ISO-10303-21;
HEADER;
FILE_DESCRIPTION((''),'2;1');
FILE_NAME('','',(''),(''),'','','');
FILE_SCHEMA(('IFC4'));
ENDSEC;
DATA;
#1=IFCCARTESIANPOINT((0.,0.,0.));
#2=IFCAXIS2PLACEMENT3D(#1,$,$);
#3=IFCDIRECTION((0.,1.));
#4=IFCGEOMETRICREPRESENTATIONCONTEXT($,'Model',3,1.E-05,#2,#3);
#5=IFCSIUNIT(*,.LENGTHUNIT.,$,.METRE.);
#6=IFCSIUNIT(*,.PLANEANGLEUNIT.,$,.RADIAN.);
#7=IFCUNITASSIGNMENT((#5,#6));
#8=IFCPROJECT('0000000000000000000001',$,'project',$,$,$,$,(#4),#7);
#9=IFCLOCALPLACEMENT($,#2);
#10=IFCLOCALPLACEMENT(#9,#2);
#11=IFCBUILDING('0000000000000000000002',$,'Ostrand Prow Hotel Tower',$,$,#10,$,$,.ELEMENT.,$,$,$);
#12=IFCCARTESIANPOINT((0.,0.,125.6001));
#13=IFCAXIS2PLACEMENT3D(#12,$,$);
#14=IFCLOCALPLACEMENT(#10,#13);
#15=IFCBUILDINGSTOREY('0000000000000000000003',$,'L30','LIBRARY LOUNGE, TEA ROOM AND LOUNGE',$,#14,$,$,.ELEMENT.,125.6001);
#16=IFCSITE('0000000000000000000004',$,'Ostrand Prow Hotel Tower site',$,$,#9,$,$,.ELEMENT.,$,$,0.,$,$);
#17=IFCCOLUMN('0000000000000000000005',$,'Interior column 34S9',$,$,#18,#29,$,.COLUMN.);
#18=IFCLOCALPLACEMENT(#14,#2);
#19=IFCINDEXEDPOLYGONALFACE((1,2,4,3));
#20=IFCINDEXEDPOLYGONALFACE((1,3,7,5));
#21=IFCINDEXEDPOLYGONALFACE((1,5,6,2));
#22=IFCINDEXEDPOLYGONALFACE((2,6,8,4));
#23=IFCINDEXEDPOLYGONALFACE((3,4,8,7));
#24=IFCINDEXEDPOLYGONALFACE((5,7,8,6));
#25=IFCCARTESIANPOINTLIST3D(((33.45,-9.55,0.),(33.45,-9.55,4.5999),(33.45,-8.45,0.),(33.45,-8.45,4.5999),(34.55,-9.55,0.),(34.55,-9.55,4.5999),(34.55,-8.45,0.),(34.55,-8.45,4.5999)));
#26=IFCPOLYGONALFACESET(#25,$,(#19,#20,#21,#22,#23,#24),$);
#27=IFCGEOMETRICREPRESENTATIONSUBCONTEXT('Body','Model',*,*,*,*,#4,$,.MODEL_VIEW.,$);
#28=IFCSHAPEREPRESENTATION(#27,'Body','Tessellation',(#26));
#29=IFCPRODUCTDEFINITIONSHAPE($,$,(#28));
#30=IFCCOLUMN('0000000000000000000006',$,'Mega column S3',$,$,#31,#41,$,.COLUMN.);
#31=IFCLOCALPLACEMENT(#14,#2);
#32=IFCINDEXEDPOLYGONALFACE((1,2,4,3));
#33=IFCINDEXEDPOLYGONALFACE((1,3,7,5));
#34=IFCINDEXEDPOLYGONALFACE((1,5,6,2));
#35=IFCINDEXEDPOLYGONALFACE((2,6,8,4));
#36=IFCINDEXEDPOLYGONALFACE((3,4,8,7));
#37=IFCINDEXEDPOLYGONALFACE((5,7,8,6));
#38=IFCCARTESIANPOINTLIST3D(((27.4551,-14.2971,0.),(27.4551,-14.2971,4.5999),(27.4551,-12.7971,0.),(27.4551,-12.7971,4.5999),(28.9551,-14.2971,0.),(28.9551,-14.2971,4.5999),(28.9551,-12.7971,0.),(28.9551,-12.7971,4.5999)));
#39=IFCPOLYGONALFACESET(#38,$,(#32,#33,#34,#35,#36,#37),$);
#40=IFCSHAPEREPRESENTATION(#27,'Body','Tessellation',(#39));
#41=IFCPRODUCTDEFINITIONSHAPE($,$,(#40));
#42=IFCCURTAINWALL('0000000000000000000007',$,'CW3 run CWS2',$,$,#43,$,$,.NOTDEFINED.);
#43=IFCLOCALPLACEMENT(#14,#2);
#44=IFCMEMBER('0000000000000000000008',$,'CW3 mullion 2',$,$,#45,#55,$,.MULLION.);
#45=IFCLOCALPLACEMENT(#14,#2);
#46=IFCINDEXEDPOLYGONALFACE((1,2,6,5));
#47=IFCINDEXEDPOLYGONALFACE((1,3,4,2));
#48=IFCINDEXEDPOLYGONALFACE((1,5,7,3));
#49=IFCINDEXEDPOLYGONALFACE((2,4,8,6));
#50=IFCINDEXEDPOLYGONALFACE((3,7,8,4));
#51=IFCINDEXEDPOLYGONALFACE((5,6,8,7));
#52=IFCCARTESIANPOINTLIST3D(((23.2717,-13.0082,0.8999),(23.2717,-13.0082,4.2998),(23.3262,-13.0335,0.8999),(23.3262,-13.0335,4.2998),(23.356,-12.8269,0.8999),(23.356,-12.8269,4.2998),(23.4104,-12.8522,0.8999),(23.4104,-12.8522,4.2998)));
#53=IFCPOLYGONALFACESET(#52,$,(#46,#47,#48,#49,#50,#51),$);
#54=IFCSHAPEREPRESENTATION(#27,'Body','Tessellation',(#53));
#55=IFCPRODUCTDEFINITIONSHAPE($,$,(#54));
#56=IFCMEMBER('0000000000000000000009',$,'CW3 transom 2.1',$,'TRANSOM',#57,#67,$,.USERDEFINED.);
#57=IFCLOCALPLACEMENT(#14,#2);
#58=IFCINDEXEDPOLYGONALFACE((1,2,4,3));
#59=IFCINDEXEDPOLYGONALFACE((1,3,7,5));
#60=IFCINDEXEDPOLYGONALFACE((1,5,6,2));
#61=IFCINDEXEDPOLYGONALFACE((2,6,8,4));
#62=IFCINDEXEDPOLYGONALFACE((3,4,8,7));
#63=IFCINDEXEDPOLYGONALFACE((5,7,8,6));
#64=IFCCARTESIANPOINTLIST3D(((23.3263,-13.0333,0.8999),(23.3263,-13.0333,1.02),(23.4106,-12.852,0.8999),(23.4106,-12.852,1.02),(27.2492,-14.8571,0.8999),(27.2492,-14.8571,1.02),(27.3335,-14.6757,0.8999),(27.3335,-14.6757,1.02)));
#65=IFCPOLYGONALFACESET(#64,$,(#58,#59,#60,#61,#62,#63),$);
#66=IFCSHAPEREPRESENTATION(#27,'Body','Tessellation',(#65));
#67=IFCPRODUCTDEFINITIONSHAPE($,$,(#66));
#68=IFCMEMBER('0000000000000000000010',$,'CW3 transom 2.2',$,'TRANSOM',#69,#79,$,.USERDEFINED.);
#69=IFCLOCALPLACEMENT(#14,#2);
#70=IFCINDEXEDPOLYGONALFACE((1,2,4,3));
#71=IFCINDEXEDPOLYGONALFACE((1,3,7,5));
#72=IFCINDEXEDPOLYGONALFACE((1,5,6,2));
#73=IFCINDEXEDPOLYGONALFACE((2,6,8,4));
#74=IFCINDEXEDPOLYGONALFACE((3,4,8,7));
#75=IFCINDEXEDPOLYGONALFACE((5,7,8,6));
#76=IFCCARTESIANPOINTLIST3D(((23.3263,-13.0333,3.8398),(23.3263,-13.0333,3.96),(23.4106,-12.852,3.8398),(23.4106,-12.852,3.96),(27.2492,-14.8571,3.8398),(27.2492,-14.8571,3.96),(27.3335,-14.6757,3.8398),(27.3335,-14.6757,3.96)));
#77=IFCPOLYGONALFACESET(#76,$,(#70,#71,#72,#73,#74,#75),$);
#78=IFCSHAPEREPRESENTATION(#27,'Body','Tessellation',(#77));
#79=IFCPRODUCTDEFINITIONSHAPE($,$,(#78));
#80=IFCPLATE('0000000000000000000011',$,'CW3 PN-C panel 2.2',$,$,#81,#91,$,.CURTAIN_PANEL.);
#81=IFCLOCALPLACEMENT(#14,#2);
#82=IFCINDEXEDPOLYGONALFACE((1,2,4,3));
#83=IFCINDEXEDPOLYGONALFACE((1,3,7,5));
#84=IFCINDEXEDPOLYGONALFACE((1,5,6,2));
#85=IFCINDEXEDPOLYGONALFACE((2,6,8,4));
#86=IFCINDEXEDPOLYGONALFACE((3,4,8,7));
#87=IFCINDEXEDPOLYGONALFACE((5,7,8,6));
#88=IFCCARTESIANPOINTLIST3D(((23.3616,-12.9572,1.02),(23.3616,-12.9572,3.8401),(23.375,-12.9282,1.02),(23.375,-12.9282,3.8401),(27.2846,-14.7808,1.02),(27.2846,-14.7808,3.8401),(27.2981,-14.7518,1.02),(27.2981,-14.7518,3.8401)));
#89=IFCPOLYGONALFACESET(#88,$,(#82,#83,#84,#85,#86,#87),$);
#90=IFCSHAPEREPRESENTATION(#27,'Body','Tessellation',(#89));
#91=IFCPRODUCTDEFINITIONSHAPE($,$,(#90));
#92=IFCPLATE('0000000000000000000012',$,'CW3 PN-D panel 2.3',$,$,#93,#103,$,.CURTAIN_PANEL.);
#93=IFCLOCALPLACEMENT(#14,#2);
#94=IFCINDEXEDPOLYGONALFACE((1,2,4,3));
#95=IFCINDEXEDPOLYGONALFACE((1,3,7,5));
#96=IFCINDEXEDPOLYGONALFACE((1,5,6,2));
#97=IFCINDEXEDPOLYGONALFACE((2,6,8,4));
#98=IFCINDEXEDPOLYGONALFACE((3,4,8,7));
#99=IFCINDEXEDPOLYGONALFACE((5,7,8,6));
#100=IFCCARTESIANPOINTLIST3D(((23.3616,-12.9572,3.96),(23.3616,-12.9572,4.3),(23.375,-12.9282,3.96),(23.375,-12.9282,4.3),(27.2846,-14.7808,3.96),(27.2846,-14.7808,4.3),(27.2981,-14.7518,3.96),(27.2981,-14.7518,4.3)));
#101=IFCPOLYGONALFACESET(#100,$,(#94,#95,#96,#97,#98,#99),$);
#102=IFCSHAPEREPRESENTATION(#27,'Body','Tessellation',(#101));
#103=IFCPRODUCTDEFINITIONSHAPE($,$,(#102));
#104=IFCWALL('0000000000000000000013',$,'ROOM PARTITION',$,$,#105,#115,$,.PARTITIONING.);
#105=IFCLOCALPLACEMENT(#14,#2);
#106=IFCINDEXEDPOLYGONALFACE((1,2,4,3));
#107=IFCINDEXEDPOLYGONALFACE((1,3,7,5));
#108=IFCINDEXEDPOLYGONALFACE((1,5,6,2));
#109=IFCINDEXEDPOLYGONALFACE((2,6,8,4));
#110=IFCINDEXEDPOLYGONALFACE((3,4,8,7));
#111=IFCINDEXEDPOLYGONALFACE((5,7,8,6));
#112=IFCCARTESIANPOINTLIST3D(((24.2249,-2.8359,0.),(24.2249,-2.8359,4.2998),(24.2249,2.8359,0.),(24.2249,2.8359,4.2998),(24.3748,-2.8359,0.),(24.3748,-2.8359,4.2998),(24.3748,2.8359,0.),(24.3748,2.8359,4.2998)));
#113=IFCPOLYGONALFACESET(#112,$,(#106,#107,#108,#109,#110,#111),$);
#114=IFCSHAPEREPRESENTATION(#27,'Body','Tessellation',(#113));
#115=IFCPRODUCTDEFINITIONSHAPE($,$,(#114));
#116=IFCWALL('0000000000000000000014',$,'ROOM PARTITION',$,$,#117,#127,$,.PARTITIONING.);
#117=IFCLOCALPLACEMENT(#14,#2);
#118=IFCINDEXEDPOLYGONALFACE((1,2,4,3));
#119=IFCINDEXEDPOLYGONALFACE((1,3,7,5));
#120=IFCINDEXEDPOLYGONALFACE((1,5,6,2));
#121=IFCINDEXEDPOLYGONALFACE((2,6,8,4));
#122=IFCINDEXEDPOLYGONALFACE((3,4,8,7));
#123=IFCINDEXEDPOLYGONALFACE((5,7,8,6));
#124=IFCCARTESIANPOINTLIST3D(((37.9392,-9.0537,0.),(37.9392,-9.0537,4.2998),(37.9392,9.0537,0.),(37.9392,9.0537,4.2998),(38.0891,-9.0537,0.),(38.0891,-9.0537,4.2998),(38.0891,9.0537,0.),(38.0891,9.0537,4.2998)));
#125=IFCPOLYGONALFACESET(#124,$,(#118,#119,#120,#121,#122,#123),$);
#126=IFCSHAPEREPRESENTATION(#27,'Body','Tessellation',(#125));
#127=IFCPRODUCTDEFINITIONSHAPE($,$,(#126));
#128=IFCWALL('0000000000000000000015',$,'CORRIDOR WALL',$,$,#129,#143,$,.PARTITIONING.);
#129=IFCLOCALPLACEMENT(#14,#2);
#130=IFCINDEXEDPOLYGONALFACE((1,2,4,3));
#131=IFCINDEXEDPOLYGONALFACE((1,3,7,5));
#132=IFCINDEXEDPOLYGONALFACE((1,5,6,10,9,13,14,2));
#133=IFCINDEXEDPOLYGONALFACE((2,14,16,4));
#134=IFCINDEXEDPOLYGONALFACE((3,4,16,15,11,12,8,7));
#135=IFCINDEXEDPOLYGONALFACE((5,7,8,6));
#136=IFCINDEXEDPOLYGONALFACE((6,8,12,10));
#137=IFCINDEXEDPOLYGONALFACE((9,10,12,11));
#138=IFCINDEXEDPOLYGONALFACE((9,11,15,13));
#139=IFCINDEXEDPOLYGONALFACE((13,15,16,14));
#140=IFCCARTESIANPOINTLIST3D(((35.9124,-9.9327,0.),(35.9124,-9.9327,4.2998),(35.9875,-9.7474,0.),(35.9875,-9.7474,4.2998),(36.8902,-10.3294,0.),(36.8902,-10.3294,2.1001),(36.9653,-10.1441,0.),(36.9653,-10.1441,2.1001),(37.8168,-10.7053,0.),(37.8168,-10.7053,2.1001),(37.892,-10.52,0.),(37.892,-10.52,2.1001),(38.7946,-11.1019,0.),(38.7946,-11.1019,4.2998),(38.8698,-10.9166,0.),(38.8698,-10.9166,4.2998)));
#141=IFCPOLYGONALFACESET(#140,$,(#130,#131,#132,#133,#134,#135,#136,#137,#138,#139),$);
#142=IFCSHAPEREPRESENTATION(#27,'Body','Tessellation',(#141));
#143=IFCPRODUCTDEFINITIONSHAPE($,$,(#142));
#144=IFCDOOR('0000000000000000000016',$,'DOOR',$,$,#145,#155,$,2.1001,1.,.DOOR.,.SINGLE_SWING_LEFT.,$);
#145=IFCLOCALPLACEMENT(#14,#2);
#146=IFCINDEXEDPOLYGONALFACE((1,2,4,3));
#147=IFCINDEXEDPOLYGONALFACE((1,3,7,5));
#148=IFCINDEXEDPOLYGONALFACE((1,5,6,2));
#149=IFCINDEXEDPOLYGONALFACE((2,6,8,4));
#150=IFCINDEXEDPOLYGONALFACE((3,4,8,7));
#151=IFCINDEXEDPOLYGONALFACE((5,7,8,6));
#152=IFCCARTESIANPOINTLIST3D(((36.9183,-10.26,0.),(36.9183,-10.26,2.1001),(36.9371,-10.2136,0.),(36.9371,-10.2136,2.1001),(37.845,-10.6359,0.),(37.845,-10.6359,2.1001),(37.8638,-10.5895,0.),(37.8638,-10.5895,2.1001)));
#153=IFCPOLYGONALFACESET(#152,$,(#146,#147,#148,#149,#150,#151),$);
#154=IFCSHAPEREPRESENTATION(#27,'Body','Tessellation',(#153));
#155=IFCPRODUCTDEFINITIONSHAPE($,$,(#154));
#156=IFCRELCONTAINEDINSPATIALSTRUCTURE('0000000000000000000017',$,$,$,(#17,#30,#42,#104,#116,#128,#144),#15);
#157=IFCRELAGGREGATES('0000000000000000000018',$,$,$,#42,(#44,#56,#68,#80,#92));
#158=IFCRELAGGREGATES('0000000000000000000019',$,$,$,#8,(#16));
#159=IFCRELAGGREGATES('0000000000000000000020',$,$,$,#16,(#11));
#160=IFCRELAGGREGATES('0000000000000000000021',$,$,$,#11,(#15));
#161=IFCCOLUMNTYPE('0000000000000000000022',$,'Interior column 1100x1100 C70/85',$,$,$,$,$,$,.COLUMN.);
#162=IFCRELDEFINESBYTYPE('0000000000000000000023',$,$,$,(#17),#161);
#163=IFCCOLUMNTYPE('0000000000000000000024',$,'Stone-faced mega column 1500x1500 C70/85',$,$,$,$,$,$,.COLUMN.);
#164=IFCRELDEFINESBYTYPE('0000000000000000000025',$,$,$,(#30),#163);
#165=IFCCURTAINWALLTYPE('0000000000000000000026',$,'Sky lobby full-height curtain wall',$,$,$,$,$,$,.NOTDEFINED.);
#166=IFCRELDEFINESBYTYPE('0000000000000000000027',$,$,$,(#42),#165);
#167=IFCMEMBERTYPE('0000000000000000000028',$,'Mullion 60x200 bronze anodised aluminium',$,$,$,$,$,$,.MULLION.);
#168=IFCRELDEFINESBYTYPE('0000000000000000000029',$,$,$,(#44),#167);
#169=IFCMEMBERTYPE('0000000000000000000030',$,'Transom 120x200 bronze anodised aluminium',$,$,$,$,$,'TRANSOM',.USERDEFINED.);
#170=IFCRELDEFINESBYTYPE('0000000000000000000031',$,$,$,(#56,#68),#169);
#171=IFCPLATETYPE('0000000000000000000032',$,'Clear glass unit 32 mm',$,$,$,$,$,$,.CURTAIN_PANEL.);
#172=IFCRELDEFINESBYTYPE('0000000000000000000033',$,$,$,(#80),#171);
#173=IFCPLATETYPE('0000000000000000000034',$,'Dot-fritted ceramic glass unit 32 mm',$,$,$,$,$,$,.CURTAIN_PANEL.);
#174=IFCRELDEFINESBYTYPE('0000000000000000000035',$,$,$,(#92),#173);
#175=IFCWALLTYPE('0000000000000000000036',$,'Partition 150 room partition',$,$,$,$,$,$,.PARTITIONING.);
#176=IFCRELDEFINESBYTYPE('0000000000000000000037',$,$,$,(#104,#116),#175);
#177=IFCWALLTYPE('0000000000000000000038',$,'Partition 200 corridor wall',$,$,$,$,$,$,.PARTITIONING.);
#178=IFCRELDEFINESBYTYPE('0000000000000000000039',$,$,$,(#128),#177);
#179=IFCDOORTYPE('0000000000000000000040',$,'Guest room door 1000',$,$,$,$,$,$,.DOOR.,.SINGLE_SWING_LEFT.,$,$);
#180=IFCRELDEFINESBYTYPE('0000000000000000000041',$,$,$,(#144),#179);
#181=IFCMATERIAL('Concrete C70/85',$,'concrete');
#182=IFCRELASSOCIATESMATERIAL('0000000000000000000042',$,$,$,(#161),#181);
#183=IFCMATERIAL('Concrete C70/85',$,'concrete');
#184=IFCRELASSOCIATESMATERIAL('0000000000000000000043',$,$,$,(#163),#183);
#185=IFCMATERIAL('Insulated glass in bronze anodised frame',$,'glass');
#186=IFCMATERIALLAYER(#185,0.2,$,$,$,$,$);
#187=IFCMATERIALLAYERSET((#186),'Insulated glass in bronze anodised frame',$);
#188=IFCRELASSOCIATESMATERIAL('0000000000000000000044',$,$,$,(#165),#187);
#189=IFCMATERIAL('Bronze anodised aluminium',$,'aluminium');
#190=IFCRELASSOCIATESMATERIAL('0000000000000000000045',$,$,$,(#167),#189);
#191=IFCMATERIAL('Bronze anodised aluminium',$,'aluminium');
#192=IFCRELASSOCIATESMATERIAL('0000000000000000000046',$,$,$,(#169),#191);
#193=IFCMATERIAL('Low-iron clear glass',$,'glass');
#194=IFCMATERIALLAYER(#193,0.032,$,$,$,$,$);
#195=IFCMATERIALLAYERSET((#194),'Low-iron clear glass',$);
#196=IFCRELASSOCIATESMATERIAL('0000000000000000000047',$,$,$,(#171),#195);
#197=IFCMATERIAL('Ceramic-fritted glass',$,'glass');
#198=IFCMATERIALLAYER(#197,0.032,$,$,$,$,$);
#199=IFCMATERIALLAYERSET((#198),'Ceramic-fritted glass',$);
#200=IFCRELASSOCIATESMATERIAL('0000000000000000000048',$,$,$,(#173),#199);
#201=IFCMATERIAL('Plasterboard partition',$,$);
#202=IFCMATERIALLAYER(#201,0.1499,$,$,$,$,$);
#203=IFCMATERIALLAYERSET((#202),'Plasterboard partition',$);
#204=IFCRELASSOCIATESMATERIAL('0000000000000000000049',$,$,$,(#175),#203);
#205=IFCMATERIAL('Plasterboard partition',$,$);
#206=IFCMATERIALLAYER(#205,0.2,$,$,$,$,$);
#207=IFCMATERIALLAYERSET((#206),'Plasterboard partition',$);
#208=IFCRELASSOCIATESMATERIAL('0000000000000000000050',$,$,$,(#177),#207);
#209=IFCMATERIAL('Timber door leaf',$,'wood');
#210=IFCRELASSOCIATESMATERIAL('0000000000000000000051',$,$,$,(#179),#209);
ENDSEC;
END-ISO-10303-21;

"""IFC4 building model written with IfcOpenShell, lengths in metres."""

from ifc_helpers import new_model, si_unit, direction, frame, frame_2d, origin, origin_2d, place, context, subcontext, project, spatial, rectangle, extrude, material, layer, layer_set, material_profile, profile_set, type_object, element, fill, aggregate, save


model = new_model("IFC4")

# Units and contexts
model_context = context("Model", 3, precision=1e-05, world=origin(), true_north=direction((0.0, 1.0)))
body_context = subcontext(model_context, "Body", "Model", "MODEL_VIEW")
ifc_project = project(units=[si_unit("LENGTHUNIT", "METRE"), si_unit("PLANEANGLEUNIT", "RADIAN")], contexts=[model_context])

# Site, building, storey
site_placement = place(None, origin())
site = spatial("IfcSite", under=ifc_project, at=site_placement, Name="Ostrand Prow Hotel Tower site", CompositionType="ELEMENT", RefElevation=0.0)
building_placement = place(site_placement, origin())
building = spatial("IfcBuilding", under=site, at=building_placement, Name="Ostrand Prow Hotel Tower", CompositionType="ELEMENT")
storey_placement = place(building_placement, frame((0.0, 0.0, 125.6001)))
storey = spatial("IfcBuildingStorey", under=building, at=storey_placement, Name="L30", Description="LIBRARY LOUNGE, TEA ROOM AND LOUNGE", CompositionType="ELEMENT", Elevation=125.6001)

# Columns
ifc_material_1 = material(Name="Concrete C70/85", Category="concrete")
ifc_material_profile_1 = material_profile(ifc_material_1, rectangle(XDim=1.1001, YDim=1.1001, at=origin_2d()), Name="RC 1100x1100")
ifc_profile_set_1 = profile_set([ifc_material_profile_1], Name="Concrete C70/85")
column_type_1 = type_object("IfcColumnType", Name="Interior column 1100x1100 C70/85", PredefinedType="COLUMN", material=ifc_profile_set_1)
column_1_placement = place(storey_placement, frame((34.0, -9.0, 0.0), z_axis=(0.0, 0.0, 1.0), x_axis=(1.0, 0.0, 0.0)))
element("IfcColumn", 1, at=column_1_placement, inside=storey, type_object=column_type_1, Name="Interior column 34S9", PredefinedType="COLUMN", context=body_context, shape_type="SweptSolid", body=[
    extrude(rectangle(XDim=1.1001, YDim=1.1001, at=origin_2d()), origin(), (0.0, 0.0, 1.0), 4.5999),
])
ifc_material_2 = material(Name="Concrete C70/85", Category="concrete")
ifc_material_profile_2 = material_profile(ifc_material_2, rectangle(XDim=1.5, YDim=1.5, at=origin_2d()), Name="RC 1500x1500")
ifc_profile_set_2 = profile_set([ifc_material_profile_2], Name="Concrete C70/85")
column_type_2 = type_object("IfcColumnType", Name="Stone-faced mega column 1500x1500 C70/85", PredefinedType="COLUMN", material=ifc_profile_set_2)
column_2_placement = place(storey_placement, frame((28.2051, -13.5471, 0.0), z_axis=(0.0, 0.0, 1.0), x_axis=(1.0, 0.0, 0.0)))
element("IfcColumn", 2, at=column_2_placement, inside=storey, type_object=column_type_2, Name="Mega column S3", PredefinedType="COLUMN", context=body_context, shape_type="SweptSolid", body=[
    extrude(rectangle(XDim=1.5, YDim=1.5, at=origin_2d()), origin(), (0.0, 0.0, 1.0), 4.5999),
])

# Curtain wall, members, plates
ifc_material_3 = material(Name="Insulated glass in bronze anodised frame", Category="glass")
ifc_layer_1 = layer(ifc_material_3, 0.2)
ifc_layer_set_1 = layer_set([ifc_layer_1], Name="Insulated glass in bronze anodised frame")
curtain_wall_type = type_object("IfcCurtainWallType", Name="Sky lobby full-height curtain wall", PredefinedType="NOTDEFINED", material=ifc_layer_set_1)
curtain_wall_placement = place(storey_placement, origin())
curtain_wall = element("IfcCurtainWall", 3, at=curtain_wall_placement, inside=storey, type_object=curtain_wall_type, Name="CW3 run CWS2", PredefinedType="NOTDEFINED")
ifc_material_4 = material(Name="Bronze anodised aluminium", Category="aluminium")
ifc_material_profile_3 = material_profile(ifc_material_4, rectangle(XDim=0.2, YDim=0.0601, at=origin_2d()), Name="Mullion 60x200 bronze anodised aluminium")
ifc_profile_set_3 = profile_set([ifc_material_profile_3], Name="Bronze anodised aluminium")
member_type_1 = type_object("IfcMemberType", Name="Mullion 60x200 bronze anodised aluminium", PredefinedType="MULLION", material=ifc_profile_set_3)
member_1_placement = place(storey_placement, frame((23.3411, -12.9302, 0.8999), z_axis=(0.0, 0.0, 1.0), x_axis=(0.421522, 0.906818, 0.0)))
member_1 = element("IfcMember", 4, at=member_1_placement, type_object=member_type_1, Name="CW3 mullion 2", PredefinedType="MULLION", context=body_context, shape_type="SweptSolid", body=[
    extrude(rectangle(XDim=0.2, YDim=0.0601, at=origin_2d()), origin(), (0.0, 0.0, 1.0), 3.3999),
])
ifc_material_5 = material(Name="Bronze anodised aluminium", Category="aluminium")
ifc_material_profile_4 = material_profile(ifc_material_5, rectangle(XDim=0.2, YDim=0.1201, at=origin_2d()), Name="Transom 120x200 bronze anodised aluminium")
ifc_profile_set_4 = profile_set([ifc_material_profile_4], Name="Bronze anodised aluminium")
member_type_2 = type_object("IfcMemberType", Name="Transom 120x200 bronze anodised aluminium", ElementType="TRANSOM", PredefinedType="USERDEFINED", material=ifc_profile_set_4)
member_2_placement = place(storey_placement, frame((23.3684, -12.9426, 0.96), z_axis=(0.906796, -0.421569, 0.0), x_axis=(0.421569, 0.906796, 0.0)))
member_2 = element("IfcMember", 5, at=member_2_placement, type_object=member_type_2, Name="CW3 transom 2.1", ObjectType="TRANSOM", PredefinedType="USERDEFINED", context=body_context, shape_type="SweptSolid", body=[
    extrude(rectangle(XDim=0.2, YDim=0.1201, at=origin_2d()), origin(), (0.0, 0.0, 1.0), 4.3262),
])
member_3_placement = place(storey_placement, frame((23.3684, -12.9426, 3.8999), z_axis=(0.906796, -0.421569, 0.0), x_axis=(0.421569, 0.906796, 0.0)))
member_3 = element("IfcMember", 6, at=member_3_placement, type_object=member_type_2, Name="CW3 transom 2.2", ObjectType="TRANSOM", PredefinedType="USERDEFINED", context=body_context, shape_type="SweptSolid", body=[
    extrude(rectangle(XDim=0.2, YDim=0.1201, at=origin_2d()), origin(), (0.0, 0.0, 1.0), 4.3262),
])
ifc_material_6 = material(Name="Low-iron clear glass", Category="glass")
ifc_layer_2 = layer(ifc_material_6, 0.032)
ifc_layer_set_2 = layer_set([ifc_layer_2], Name="Low-iron clear glass")
plate_type_1 = type_object("IfcPlateType", Name="Clear glass unit 32 mm", PredefinedType="CURTAIN_PANEL", material=ifc_layer_set_2)
plate_1_placement = place(storey_placement, frame((25.3298, -13.8545, 1.02), z_axis=(0.0, 0.0, 1.0), x_axis=(0.906818, -0.421522, 0.0)))
plate_1 = element("IfcPlate", 7, at=plate_1_placement, type_object=plate_type_1, Name="CW3 PN-C panel 2.2", PredefinedType="CURTAIN_PANEL", context=body_context, shape_type="SweptSolid", body=[
    extrude(rectangle(XDim=4.3262, YDim=0.032, at=origin_2d()), origin(), (0.0, 0.0, 1.0), 2.8201),
])
ifc_material_7 = material(Name="Ceramic-fritted glass", Category="glass")
ifc_layer_3 = layer(ifc_material_7, 0.032)
ifc_layer_set_3 = layer_set([ifc_layer_3], Name="Ceramic-fritted glass")
plate_type_2 = type_object("IfcPlateType", Name="Dot-fritted ceramic glass unit 32 mm", PredefinedType="CURTAIN_PANEL", material=ifc_layer_set_3)
plate_2_placement = place(storey_placement, frame((25.3298, -13.8545, 3.96), z_axis=(0.0, 0.0, 1.0), x_axis=(0.906818, -0.421522, 0.0)))
plate_2 = element("IfcPlate", 8, at=plate_2_placement, type_object=plate_type_2, Name="CW3 PN-D panel 2.3", PredefinedType="CURTAIN_PANEL", context=body_context, shape_type="SweptSolid", body=[
    extrude(rectangle(XDim=4.3262, YDim=0.032, at=origin_2d()), origin(), (0.0, 0.0, 1.0), 0.3401),
])
aggregate(curtain_wall, [member_1, member_2, member_3, plate_1, plate_2])

# Walls
ifc_material_8 = material(Name="Plasterboard partition")
ifc_layer_4 = layer(ifc_material_8, 0.1499)
ifc_layer_set_4 = layer_set([ifc_layer_4], Name="Plasterboard partition")
wall_type_1 = type_object("IfcWallType", Name="Partition 150 room partition", PredefinedType="PARTITIONING", material=ifc_layer_set_4)
wall_1_placement = place(storey_placement, frame((24.2998, -2.8359, 0.0), z_axis=(0.0, 0.0, 1.0), x_axis=(0.0, 1.0, 0.0)))
element("IfcWall", 9, at=wall_1_placement, inside=storey, type_object=wall_type_1, Name="ROOM PARTITION", PredefinedType="PARTITIONING", context=body_context, shape_type="SweptSolid", body=[
    extrude(rectangle(XDim=5.6719, YDim=0.1499, at=frame_2d((2.8359, 0.0))), origin(), (0.0, 0.0, 1.0), 4.2998),
])
wall_2_placement = place(storey_placement, frame((38.0142, -9.0537, 0.0), z_axis=(0.0, 0.0, 1.0), x_axis=(0.0, 1.0, 0.0)))
element("IfcWall", 10, at=wall_2_placement, inside=storey, type_object=wall_type_1, Name="ROOM PARTITION", PredefinedType="PARTITIONING", context=body_context, shape_type="SweptSolid", body=[
    extrude(rectangle(XDim=18.1074, YDim=0.1499, at=frame_2d((9.0537, 0.0))), origin(), (0.0, 0.0, 1.0), 4.2998),
])

# Wall, opening, door
ifc_material_9 = material(Name="Plasterboard partition")
ifc_layer_5 = layer(ifc_material_9, 0.2)
ifc_layer_set_5 = layer_set([ifc_layer_5], Name="Plasterboard partition")
wall_type_2 = type_object("IfcWallType", Name="Partition 200 corridor wall", PredefinedType="PARTITIONING", material=ifc_layer_set_5)
wall_3_placement = place(storey_placement, frame((35.95, -9.8401, 0.0), z_axis=(0.0, 0.0, 1.0), x_axis=(0.926663, -0.375893, 0.0)))
wall_3 = element("IfcWall", 11, at=wall_3_placement, inside=storey, type_object=wall_type_2, Name="CORRIDOR WALL", PredefinedType="PARTITIONING", context=body_context, shape_type="SweptSolid", body=[
    extrude(rectangle(XDim=3.1104, YDim=0.2, at=frame_2d((1.5552, 0.0))), origin(), (0.0, 0.0, 1.0), 4.2998),
])
opening_1_placement = place(wall_3_placement, frame((1.0552, 0.0, 0.0)))
opening_1 = element("IfcOpeningElement", 12, at=opening_1_placement, cuts=wall_3, PredefinedType="OPENING", context=body_context, shape_type="SweptSolid", body=[
    extrude(rectangle(XDim=1.0, YDim=2.1001, at=frame_2d((0.5, 1.05))), frame((0.0, 0.1099, 0.0), z_axis=(0.0, -1.0, 0.0), x_axis=(1.0, 0.0, 0.0)), (0.0, 0.0, 1.0), 0.22),
])
ifc_material_10 = material(Name="Timber door leaf", Category="wood")
door_type_1 = type_object("IfcDoorType", Name="Guest room door 1000", OperationType="SINGLE_SWING_LEFT", PredefinedType="DOOR", material=ifc_material_10)
door_1_placement = place(opening_1_placement, origin())
door_1 = element("IfcDoor", 13, at=door_1_placement, inside=storey, type_object=door_type_1, Name="DOOR", OperationType="SINGLE_SWING_LEFT", OverallHeight=2.1001, OverallWidth=1.0, PredefinedType="DOOR", context=body_context, shape_type="SweptSolid", body=[
    extrude(rectangle(XDim=1.0, YDim=2.1001, at=frame_2d((0.5, 1.05))), frame((0.0, 0.0249, 0.0), z_axis=(0.0, -1.0, 0.0), x_axis=(1.0, 0.0, 0.0)), (0.0, 0.0, 1.0), 0.05),
])
fill(opening_1, door_1)

save(model, "model.ifc")
